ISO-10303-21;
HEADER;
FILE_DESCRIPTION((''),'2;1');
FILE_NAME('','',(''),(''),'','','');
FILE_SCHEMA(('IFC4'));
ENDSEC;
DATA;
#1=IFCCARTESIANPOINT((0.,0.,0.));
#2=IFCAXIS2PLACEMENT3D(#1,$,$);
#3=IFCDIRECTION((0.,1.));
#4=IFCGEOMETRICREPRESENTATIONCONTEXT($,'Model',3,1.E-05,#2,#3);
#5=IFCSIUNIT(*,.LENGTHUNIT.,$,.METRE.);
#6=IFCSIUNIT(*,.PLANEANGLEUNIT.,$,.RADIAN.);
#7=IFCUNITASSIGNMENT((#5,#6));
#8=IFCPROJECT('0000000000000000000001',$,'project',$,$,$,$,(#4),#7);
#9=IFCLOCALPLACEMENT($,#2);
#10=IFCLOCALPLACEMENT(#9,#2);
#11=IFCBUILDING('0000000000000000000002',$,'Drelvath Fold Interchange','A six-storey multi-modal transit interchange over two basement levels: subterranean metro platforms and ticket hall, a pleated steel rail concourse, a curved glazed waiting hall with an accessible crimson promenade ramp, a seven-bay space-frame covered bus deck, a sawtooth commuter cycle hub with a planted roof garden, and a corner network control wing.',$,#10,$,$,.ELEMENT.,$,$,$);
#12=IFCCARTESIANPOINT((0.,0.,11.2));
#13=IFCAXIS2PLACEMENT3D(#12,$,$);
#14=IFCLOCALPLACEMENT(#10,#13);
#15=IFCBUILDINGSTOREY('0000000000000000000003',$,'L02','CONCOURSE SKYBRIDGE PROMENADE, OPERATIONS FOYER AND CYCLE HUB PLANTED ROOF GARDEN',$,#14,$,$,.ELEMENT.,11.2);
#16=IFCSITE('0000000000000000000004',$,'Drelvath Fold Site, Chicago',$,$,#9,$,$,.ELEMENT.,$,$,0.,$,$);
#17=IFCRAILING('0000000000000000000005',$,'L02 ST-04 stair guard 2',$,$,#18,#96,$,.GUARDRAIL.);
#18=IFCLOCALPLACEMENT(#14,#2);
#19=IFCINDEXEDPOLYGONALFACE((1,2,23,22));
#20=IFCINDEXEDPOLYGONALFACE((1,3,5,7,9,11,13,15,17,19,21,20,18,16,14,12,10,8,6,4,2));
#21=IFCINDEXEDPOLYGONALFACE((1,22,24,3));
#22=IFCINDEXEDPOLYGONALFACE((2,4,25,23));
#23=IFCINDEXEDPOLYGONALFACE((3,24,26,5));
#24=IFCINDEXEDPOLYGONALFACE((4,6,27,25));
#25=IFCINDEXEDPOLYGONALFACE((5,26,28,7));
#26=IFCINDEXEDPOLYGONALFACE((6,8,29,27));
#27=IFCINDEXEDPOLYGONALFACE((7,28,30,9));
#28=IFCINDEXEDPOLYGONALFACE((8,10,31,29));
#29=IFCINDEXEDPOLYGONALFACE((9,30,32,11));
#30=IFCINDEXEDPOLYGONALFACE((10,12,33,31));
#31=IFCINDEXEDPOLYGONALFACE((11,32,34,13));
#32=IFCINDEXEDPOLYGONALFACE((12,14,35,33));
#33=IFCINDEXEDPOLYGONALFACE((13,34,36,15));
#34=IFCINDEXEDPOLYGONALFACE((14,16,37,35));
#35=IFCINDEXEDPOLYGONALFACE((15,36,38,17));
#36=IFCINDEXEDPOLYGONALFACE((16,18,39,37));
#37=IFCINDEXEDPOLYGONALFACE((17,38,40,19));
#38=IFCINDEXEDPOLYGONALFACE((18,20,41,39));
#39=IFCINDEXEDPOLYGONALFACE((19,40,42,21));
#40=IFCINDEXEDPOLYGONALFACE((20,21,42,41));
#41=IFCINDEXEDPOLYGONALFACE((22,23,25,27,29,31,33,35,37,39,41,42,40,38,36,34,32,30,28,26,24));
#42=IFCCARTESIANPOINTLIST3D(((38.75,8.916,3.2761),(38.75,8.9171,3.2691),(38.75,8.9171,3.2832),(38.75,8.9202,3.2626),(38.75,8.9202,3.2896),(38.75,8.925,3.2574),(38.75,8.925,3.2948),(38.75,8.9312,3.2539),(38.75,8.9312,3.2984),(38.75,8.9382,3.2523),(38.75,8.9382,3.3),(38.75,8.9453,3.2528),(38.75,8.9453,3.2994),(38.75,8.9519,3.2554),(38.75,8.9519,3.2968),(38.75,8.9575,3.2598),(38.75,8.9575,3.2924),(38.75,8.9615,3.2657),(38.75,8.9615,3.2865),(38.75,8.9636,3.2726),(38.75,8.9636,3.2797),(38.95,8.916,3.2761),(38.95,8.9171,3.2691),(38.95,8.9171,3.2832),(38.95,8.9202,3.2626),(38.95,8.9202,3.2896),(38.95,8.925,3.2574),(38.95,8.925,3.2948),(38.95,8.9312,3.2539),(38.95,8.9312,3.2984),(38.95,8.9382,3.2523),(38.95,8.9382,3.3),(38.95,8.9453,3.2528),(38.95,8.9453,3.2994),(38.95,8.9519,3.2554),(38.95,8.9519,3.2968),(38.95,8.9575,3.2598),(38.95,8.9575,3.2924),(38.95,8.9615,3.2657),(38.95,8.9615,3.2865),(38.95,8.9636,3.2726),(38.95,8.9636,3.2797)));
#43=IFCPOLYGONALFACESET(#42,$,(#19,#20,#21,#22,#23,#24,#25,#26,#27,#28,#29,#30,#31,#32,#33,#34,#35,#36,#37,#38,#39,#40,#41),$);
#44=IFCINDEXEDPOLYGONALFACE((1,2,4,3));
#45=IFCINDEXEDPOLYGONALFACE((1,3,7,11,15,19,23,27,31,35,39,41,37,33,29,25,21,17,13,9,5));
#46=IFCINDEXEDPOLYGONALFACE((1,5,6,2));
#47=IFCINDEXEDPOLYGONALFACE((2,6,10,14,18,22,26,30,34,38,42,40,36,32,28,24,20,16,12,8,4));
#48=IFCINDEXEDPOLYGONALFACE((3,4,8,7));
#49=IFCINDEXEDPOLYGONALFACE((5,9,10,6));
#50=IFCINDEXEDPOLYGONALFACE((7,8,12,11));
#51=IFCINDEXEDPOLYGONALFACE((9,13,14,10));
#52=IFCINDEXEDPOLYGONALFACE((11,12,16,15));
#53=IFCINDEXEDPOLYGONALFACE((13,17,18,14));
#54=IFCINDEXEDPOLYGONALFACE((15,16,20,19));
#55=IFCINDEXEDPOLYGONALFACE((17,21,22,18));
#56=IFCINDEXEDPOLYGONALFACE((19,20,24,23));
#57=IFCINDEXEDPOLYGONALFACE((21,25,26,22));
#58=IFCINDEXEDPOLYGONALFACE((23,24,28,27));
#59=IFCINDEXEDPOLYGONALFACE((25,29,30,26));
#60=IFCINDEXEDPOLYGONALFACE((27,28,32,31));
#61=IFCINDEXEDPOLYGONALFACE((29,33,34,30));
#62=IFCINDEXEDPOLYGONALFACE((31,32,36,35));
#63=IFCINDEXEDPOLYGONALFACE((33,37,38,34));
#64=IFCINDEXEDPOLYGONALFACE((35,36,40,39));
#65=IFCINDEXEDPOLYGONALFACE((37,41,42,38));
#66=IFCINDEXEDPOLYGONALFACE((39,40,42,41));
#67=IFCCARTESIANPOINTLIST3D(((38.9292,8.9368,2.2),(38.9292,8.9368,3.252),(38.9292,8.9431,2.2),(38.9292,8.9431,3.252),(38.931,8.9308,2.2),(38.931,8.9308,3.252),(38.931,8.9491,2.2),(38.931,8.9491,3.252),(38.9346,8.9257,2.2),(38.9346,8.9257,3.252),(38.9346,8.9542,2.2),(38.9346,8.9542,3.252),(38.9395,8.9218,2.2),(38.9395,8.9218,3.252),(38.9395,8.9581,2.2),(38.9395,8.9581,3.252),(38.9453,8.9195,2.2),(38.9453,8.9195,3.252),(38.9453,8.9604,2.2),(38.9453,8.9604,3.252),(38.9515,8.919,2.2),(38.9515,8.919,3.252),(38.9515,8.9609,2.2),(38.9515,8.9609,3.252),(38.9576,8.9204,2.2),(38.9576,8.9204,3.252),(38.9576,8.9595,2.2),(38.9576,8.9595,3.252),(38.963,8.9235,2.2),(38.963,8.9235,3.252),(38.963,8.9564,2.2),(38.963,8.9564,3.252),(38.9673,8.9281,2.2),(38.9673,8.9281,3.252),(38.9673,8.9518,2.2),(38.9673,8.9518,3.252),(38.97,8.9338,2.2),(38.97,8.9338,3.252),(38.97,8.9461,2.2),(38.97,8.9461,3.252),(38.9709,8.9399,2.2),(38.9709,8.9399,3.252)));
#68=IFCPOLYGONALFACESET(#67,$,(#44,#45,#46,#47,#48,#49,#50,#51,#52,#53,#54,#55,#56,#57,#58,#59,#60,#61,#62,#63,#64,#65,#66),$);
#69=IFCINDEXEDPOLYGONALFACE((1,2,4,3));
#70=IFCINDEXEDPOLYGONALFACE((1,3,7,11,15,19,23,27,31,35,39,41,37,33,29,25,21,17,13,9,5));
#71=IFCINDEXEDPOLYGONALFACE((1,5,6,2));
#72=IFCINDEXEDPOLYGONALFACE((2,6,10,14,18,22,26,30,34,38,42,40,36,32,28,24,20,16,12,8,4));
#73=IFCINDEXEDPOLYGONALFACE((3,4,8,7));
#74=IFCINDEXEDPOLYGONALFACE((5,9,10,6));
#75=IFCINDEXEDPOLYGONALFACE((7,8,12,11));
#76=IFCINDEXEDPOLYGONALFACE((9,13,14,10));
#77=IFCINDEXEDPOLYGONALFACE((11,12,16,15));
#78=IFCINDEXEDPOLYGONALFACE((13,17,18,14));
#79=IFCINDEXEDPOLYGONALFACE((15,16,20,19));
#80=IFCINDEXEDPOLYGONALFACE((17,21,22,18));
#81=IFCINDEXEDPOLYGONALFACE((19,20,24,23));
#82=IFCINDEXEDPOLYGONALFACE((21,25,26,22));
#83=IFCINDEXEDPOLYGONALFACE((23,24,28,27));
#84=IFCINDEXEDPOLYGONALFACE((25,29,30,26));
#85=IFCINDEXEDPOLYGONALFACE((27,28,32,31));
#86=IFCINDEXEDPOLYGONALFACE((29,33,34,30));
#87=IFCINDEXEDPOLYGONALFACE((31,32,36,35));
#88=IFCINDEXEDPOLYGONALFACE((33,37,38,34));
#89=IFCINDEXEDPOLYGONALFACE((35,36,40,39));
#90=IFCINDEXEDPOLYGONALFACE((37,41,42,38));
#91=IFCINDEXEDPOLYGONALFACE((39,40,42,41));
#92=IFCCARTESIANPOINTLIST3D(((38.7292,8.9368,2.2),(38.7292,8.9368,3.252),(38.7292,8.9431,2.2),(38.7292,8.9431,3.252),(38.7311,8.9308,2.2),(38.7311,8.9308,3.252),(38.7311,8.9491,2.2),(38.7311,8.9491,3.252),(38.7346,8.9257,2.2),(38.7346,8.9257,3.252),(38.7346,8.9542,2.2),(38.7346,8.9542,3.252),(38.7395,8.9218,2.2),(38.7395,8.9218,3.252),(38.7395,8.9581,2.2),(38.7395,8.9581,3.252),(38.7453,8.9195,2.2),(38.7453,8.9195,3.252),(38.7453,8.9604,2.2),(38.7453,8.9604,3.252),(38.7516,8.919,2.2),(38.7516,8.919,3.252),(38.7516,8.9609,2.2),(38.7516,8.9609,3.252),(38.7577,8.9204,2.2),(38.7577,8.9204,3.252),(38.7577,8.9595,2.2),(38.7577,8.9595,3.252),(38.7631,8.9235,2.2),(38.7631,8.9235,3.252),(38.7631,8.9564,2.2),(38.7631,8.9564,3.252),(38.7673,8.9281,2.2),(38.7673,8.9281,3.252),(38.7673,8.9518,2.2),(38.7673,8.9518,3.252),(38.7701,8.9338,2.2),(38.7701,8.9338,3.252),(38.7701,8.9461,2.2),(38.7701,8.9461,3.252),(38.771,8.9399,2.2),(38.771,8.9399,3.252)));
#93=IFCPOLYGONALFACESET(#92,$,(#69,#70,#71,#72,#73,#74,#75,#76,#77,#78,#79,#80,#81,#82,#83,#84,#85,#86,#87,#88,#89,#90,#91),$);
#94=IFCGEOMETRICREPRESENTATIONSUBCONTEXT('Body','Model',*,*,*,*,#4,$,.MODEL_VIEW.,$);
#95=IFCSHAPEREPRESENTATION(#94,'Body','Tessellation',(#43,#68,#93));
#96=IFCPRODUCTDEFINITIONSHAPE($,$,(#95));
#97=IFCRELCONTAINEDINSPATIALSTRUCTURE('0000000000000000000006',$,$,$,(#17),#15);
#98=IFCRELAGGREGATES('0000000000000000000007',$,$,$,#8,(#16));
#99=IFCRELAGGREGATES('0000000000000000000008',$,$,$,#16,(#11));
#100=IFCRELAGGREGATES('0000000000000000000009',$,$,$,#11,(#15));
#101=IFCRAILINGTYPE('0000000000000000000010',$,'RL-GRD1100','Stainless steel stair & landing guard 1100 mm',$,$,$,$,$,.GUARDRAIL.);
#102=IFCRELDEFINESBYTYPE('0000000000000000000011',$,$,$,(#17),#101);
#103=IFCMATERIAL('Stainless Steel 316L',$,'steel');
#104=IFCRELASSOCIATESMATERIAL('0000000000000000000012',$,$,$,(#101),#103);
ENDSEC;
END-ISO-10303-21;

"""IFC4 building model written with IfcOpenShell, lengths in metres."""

from ifc_helpers import new_model, si_unit, direction, frame, origin, origin_2d, place, context, subcontext, project, spatial, circle, extrude, material, type_object, element, save


model = new_model("IFC4")

# Units and contexts
model_context = context("Model", 3, precision=1e-05, world=origin(), true_north=direction((0.0, 1.0)))
body_context = subcontext(model_context, "Body", "Model", "MODEL_VIEW")
ifc_project = project(units=[si_unit("LENGTHUNIT", "METRE"), si_unit("PLANEANGLEUNIT", "RADIAN")], contexts=[model_context])

# Site, building, storey
site_placement = place(None, origin())
site = spatial("IfcSite", under=ifc_project, at=site_placement, Name="Drelvath Fold Site, Chicago", CompositionType="ELEMENT", RefElevation=0.0)
building_placement = place(site_placement, origin())
building = spatial("IfcBuilding", under=site, at=building_placement, Name="Drelvath Fold Interchange", Description="A six-storey multi-modal transit interchange over two basement levels: subterranean metro platforms and ticket hall, a pleated steel rail concourse, a curved glazed waiting hall with an accessible crimson promenade ramp, a seven-bay space-frame covered bus deck, a sawtooth commuter cycle hub with a planted roof garden, and a corner network control wing.", CompositionType="ELEMENT")
storey_placement = place(building_placement, frame((0.0, 0.0, 11.2)))
storey = spatial("IfcBuildingStorey", under=building, at=storey_placement, Name="L02", Description="CONCOURSE SKYBRIDGE PROMENADE, OPERATIONS FOYER AND CYCLE HUB PLANTED ROOF GARDEN", CompositionType="ELEMENT", Elevation=11.2)

# Railing
ifc_material_1 = material(Name="Stainless Steel 316L", Category="steel")
railing_type_1 = type_object("IfcRailingType", Name="RL-GRD1100", Description="Stainless steel stair & landing guard 1100 mm", PredefinedType="GUARDRAIL", material=ifc_material_1)
railing_1_placement = place(storey_placement, frame((38.95, 8.9399, 2.2)))
element("IfcRailing", 1, at=railing_1_placement, inside=storey, type_object=railing_type_1, Name="L02 ST-04 stair guard 2", PredefinedType="GUARDRAIL", context=body_context, shape_type="SweptSolid", body=[
    extrude(circle(Radius=0.0239, at=origin_2d()), frame((0.0, 0.0, 1.0762), z_axis=(-1.0, 0.0, 0.0), x_axis=(0.0, -1.0, 0.0)), (0.0, 0.0, 1.0), 0.2),
    extrude(circle(Radius=0.021, at=origin_2d()), origin(), (0.0, 0.0, 1.0), 1.052),
    extrude(circle(Radius=0.021, at=origin_2d()), frame((-0.2, 0.0, 0.0)), (0.0, 0.0, 1.0), 1.052),
])

save(model, "model.ifc")
